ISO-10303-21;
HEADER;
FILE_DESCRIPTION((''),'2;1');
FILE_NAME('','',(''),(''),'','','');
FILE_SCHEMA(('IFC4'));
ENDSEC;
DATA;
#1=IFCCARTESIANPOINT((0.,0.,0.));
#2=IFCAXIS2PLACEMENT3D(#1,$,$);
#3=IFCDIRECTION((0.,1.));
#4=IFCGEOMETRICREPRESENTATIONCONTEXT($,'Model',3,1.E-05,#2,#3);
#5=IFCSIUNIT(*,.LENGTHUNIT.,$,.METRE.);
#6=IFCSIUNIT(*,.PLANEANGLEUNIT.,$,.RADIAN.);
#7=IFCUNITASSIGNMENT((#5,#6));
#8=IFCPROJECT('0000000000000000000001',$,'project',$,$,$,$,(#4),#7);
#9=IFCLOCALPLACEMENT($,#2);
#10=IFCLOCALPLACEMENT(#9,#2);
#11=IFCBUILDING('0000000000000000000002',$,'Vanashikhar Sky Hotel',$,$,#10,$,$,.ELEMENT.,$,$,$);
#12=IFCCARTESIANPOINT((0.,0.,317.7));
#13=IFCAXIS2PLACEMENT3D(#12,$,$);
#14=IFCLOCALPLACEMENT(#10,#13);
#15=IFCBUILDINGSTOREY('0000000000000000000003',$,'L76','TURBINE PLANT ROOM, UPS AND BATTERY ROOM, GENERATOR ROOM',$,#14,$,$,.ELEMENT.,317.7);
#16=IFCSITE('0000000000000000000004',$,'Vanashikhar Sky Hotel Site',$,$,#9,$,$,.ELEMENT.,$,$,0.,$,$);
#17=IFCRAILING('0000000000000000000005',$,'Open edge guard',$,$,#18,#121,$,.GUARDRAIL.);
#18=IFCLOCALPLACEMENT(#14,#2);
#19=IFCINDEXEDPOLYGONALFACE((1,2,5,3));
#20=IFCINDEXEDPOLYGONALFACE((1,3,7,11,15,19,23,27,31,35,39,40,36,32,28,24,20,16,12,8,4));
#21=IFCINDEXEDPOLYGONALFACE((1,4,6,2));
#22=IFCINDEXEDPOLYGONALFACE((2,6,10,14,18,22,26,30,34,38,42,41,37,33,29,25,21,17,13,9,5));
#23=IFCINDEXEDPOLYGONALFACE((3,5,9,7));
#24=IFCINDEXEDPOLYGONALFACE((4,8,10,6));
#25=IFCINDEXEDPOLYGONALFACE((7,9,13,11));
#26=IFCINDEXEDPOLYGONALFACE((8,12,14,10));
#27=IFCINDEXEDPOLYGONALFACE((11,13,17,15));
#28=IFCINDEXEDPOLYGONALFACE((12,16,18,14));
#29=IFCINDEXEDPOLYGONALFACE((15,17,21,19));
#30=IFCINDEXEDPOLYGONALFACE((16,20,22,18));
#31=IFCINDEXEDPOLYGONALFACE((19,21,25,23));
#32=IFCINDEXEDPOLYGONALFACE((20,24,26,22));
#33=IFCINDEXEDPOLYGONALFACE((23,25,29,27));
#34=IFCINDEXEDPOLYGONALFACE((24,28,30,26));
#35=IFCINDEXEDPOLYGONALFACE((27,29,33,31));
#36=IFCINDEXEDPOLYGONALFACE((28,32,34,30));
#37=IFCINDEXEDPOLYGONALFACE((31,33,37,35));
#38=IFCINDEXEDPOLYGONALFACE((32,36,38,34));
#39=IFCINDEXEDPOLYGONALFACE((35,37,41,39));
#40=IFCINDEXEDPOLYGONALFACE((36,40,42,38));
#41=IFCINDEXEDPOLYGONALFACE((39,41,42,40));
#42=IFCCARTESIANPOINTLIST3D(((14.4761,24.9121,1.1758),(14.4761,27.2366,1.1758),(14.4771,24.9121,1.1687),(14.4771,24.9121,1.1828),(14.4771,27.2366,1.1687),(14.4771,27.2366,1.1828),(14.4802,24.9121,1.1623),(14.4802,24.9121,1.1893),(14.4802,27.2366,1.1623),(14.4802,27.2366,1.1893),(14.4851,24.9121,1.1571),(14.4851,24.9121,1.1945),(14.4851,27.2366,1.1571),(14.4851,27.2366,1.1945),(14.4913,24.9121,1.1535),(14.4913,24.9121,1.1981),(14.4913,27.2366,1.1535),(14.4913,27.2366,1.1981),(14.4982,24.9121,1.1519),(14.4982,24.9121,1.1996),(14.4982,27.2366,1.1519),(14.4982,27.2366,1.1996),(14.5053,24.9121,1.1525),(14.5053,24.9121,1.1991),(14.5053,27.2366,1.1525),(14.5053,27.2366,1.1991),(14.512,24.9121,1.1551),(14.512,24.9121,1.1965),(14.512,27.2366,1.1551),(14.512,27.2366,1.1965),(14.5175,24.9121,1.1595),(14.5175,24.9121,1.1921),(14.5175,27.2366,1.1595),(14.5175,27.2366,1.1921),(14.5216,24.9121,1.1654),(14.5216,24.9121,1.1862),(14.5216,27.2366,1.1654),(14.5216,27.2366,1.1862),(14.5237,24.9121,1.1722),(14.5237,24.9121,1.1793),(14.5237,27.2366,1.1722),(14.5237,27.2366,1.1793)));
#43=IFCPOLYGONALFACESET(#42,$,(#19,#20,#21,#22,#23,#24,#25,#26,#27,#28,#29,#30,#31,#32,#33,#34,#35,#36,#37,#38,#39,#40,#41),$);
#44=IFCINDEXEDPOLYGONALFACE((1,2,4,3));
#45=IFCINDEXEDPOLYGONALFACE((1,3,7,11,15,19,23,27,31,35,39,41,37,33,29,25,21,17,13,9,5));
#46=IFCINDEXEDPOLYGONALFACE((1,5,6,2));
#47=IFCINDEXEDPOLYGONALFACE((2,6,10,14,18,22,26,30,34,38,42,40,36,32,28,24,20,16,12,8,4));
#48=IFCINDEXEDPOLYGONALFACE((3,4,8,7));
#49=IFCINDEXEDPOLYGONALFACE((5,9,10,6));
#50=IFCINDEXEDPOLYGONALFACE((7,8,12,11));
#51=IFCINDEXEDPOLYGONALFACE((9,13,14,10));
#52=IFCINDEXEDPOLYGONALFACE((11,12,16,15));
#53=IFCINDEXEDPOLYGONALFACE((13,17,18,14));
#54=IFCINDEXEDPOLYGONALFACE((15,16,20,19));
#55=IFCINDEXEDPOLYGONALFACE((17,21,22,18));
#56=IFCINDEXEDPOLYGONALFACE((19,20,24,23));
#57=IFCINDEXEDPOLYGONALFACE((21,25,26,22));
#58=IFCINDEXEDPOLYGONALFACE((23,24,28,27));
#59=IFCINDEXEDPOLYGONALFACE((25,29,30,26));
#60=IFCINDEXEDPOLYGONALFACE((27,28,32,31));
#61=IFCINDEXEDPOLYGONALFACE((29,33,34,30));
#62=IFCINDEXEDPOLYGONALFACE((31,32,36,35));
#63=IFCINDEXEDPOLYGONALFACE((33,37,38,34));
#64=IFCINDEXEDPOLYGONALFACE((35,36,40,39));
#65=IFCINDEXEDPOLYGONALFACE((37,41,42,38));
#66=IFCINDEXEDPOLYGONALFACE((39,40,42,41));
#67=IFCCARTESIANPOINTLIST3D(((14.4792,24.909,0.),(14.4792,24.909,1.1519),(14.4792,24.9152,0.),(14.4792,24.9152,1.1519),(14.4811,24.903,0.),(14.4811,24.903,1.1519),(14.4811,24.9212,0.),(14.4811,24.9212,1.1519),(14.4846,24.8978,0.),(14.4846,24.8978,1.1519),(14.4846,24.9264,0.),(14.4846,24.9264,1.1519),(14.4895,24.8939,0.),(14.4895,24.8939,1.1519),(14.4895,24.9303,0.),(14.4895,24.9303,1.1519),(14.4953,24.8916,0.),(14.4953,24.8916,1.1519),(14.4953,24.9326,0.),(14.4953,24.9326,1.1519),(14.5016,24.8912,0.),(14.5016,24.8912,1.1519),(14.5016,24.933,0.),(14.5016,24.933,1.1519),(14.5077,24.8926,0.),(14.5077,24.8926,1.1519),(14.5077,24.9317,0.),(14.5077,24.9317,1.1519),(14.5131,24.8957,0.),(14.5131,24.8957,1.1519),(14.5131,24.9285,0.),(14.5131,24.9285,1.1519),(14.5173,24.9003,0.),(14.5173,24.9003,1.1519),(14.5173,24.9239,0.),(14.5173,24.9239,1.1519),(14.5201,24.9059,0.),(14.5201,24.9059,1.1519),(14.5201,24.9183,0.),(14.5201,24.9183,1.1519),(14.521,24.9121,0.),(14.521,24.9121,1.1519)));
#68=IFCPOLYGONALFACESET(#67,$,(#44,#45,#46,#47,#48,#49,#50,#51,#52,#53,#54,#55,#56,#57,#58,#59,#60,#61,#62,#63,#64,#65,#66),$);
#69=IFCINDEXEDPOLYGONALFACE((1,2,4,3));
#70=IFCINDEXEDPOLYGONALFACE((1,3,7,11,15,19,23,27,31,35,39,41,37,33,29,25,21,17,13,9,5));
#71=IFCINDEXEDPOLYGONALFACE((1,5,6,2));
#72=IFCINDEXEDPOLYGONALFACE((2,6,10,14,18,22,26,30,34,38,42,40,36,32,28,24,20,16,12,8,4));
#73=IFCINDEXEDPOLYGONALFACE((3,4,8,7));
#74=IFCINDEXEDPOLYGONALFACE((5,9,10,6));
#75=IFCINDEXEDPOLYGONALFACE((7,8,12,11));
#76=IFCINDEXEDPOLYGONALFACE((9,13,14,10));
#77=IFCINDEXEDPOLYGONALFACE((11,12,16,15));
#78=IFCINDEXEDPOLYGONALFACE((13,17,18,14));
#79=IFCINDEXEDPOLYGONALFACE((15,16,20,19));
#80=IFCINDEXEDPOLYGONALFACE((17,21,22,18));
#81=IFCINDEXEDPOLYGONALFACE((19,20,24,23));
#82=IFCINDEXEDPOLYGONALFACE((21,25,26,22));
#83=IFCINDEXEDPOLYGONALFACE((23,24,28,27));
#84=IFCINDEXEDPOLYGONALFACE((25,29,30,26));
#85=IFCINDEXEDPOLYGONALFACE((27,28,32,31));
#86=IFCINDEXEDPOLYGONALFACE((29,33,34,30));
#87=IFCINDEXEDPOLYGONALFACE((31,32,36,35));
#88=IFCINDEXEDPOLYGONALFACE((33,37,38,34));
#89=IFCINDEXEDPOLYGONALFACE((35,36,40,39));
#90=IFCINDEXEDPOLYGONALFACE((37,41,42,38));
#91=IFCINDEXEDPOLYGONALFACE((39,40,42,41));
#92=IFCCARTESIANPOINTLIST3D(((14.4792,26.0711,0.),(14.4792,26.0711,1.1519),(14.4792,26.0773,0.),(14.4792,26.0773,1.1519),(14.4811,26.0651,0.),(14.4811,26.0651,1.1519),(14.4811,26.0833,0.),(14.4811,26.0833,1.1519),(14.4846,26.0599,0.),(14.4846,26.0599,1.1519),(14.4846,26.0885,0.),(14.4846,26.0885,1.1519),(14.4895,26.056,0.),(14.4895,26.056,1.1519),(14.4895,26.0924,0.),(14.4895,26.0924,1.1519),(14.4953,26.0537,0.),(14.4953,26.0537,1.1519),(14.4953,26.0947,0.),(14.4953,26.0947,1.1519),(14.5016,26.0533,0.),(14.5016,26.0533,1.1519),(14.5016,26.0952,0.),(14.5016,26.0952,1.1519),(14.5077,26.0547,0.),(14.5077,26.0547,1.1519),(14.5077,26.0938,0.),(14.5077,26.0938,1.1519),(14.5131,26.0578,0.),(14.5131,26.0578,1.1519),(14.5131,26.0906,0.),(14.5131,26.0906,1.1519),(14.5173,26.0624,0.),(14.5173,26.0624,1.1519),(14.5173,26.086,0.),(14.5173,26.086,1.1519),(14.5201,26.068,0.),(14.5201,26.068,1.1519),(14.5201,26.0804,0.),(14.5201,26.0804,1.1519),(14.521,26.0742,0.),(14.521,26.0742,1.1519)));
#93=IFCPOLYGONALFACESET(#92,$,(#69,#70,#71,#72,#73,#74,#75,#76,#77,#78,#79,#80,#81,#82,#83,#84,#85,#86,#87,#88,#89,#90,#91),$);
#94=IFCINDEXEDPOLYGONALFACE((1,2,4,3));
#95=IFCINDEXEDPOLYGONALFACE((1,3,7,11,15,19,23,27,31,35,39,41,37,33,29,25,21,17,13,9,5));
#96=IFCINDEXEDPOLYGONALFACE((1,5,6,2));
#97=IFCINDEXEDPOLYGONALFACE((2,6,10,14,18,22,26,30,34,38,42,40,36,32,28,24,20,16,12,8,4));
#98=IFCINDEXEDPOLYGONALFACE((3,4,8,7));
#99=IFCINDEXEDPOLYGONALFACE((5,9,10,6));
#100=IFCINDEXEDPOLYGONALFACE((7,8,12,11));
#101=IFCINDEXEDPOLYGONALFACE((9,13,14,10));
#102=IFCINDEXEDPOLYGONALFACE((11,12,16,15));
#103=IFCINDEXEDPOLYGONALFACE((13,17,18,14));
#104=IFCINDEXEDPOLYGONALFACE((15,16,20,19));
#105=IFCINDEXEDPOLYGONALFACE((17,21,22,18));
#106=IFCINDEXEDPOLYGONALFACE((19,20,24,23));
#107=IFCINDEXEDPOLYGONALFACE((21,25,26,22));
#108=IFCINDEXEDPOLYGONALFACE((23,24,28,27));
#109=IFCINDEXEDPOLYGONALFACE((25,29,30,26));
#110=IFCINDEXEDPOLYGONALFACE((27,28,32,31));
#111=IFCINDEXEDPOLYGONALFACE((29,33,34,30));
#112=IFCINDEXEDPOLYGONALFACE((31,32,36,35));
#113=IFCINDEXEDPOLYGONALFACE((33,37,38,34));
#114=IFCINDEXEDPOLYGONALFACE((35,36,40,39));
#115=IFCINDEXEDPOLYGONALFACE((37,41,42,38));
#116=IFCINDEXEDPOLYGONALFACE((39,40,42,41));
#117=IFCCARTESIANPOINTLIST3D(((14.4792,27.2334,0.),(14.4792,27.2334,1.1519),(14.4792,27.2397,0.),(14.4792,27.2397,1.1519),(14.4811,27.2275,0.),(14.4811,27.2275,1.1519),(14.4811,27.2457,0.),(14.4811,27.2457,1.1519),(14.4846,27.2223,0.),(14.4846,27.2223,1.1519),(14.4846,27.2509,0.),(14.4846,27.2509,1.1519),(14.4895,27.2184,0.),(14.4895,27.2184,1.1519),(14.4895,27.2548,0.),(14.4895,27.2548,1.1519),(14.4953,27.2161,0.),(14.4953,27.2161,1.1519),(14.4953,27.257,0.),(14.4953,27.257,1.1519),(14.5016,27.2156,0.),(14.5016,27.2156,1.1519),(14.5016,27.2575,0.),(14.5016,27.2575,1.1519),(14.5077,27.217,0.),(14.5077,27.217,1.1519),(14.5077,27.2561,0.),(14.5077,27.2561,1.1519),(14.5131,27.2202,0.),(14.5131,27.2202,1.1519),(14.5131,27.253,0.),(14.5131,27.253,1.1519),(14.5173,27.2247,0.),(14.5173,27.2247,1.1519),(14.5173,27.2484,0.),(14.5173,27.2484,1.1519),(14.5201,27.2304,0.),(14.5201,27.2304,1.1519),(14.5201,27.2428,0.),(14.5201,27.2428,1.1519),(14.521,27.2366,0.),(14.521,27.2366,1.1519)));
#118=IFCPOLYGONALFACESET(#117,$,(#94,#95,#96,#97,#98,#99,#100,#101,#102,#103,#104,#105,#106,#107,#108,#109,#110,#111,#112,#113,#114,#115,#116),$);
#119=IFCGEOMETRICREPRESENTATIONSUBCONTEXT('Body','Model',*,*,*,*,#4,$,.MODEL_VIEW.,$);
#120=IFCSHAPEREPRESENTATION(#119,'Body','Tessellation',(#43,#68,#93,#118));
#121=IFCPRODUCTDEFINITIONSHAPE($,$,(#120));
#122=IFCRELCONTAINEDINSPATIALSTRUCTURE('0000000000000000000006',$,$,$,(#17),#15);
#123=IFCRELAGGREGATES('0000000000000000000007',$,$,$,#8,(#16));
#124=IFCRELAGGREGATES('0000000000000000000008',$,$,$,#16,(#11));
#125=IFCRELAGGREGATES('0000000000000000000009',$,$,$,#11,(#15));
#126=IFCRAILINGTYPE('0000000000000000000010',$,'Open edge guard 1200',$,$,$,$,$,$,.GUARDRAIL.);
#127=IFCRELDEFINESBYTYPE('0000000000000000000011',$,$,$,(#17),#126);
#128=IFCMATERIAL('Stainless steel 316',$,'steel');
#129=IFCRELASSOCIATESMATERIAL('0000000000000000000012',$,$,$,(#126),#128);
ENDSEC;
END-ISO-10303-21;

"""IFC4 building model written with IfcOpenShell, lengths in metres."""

from ifc_helpers import new_model, si_unit, direction, frame, origin, origin_2d, place, context, subcontext, project, spatial, circle, extrude, source, transform, mapped, material, type_object, element, save


model = new_model("IFC4")

# Units and contexts
model_context = context("Model", 3, precision=1e-05, world=origin(), true_north=direction((0.0, 1.0)))
body_context = subcontext(model_context, "Body", "Model", "MODEL_VIEW")
ifc_project = project(units=[si_unit("LENGTHUNIT", "METRE"), si_unit("PLANEANGLEUNIT", "RADIAN")], contexts=[model_context])

# Site, building, storey
site_placement = place(None, origin())
site = spatial("IfcSite", under=ifc_project, at=site_placement, Name="Vanashikhar Sky Hotel Site", CompositionType="ELEMENT", RefElevation=0.0)
building_placement = place(site_placement, origin())
building = spatial("IfcBuilding", under=site, at=building_placement, Name="Vanashikhar Sky Hotel", CompositionType="ELEMENT")
storey_placement = place(building_placement, frame((0.0, 0.0, 317.7)))
storey = spatial("IfcBuildingStorey", under=building, at=storey_placement, Name="L76", Description="TURBINE PLANT ROOM, UPS AND BATTERY ROOM, GENERATOR ROOM", CompositionType="ELEMENT", Elevation=317.7)

# Railing
ifc_material_1 = material(Name="Stainless steel 316", Category="steel")
railing_type_1 = type_object("IfcRailingType", Name="Open edge guard 1200", PredefinedType="GUARDRAIL", material=ifc_material_1)
shared_shape_1 = source(origin(), body_context, "Body", "SweptSolid", [
    extrude(circle(Radius=0.0239, at=origin_2d()), frame((0.0, 0.0, 1.1758), z_axis=(0.0, 1.0, 0.0), x_axis=(-1.0, 0.0, 0.0)), (0.0, 0.0, 1.0), 2.3245),
    extrude(circle(Radius=0.021, at=origin_2d()), origin(), (0.0, 0.0, 1.0), 1.1519),
    extrude(circle(Radius=0.021, at=origin_2d()), frame((0.0, 1.1621, 0.0)), (0.0, 0.0, 1.0), 1.1519),
    extrude(circle(Radius=0.021, at=origin_2d()), frame((0.0, 2.3245, 0.0)), (0.0, 0.0, 1.0), 1.1519),
])
for number, where, name in (
    (1, (14.5, 24.9121, 0.0), "Open edge guard"),
):
    element("IfcRailing", number, at=place(storey_placement, frame(where)), inside=storey, type_object=railing_type_1, Name=name, PredefinedType="GUARDRAIL", context=body_context, shape_type="MappedRepresentation", body=[
        mapped(shared_shape_1, transform((0.0, 0.0, 0.0), scale=1.0)),
    ])

save(model, "model.ifc")
